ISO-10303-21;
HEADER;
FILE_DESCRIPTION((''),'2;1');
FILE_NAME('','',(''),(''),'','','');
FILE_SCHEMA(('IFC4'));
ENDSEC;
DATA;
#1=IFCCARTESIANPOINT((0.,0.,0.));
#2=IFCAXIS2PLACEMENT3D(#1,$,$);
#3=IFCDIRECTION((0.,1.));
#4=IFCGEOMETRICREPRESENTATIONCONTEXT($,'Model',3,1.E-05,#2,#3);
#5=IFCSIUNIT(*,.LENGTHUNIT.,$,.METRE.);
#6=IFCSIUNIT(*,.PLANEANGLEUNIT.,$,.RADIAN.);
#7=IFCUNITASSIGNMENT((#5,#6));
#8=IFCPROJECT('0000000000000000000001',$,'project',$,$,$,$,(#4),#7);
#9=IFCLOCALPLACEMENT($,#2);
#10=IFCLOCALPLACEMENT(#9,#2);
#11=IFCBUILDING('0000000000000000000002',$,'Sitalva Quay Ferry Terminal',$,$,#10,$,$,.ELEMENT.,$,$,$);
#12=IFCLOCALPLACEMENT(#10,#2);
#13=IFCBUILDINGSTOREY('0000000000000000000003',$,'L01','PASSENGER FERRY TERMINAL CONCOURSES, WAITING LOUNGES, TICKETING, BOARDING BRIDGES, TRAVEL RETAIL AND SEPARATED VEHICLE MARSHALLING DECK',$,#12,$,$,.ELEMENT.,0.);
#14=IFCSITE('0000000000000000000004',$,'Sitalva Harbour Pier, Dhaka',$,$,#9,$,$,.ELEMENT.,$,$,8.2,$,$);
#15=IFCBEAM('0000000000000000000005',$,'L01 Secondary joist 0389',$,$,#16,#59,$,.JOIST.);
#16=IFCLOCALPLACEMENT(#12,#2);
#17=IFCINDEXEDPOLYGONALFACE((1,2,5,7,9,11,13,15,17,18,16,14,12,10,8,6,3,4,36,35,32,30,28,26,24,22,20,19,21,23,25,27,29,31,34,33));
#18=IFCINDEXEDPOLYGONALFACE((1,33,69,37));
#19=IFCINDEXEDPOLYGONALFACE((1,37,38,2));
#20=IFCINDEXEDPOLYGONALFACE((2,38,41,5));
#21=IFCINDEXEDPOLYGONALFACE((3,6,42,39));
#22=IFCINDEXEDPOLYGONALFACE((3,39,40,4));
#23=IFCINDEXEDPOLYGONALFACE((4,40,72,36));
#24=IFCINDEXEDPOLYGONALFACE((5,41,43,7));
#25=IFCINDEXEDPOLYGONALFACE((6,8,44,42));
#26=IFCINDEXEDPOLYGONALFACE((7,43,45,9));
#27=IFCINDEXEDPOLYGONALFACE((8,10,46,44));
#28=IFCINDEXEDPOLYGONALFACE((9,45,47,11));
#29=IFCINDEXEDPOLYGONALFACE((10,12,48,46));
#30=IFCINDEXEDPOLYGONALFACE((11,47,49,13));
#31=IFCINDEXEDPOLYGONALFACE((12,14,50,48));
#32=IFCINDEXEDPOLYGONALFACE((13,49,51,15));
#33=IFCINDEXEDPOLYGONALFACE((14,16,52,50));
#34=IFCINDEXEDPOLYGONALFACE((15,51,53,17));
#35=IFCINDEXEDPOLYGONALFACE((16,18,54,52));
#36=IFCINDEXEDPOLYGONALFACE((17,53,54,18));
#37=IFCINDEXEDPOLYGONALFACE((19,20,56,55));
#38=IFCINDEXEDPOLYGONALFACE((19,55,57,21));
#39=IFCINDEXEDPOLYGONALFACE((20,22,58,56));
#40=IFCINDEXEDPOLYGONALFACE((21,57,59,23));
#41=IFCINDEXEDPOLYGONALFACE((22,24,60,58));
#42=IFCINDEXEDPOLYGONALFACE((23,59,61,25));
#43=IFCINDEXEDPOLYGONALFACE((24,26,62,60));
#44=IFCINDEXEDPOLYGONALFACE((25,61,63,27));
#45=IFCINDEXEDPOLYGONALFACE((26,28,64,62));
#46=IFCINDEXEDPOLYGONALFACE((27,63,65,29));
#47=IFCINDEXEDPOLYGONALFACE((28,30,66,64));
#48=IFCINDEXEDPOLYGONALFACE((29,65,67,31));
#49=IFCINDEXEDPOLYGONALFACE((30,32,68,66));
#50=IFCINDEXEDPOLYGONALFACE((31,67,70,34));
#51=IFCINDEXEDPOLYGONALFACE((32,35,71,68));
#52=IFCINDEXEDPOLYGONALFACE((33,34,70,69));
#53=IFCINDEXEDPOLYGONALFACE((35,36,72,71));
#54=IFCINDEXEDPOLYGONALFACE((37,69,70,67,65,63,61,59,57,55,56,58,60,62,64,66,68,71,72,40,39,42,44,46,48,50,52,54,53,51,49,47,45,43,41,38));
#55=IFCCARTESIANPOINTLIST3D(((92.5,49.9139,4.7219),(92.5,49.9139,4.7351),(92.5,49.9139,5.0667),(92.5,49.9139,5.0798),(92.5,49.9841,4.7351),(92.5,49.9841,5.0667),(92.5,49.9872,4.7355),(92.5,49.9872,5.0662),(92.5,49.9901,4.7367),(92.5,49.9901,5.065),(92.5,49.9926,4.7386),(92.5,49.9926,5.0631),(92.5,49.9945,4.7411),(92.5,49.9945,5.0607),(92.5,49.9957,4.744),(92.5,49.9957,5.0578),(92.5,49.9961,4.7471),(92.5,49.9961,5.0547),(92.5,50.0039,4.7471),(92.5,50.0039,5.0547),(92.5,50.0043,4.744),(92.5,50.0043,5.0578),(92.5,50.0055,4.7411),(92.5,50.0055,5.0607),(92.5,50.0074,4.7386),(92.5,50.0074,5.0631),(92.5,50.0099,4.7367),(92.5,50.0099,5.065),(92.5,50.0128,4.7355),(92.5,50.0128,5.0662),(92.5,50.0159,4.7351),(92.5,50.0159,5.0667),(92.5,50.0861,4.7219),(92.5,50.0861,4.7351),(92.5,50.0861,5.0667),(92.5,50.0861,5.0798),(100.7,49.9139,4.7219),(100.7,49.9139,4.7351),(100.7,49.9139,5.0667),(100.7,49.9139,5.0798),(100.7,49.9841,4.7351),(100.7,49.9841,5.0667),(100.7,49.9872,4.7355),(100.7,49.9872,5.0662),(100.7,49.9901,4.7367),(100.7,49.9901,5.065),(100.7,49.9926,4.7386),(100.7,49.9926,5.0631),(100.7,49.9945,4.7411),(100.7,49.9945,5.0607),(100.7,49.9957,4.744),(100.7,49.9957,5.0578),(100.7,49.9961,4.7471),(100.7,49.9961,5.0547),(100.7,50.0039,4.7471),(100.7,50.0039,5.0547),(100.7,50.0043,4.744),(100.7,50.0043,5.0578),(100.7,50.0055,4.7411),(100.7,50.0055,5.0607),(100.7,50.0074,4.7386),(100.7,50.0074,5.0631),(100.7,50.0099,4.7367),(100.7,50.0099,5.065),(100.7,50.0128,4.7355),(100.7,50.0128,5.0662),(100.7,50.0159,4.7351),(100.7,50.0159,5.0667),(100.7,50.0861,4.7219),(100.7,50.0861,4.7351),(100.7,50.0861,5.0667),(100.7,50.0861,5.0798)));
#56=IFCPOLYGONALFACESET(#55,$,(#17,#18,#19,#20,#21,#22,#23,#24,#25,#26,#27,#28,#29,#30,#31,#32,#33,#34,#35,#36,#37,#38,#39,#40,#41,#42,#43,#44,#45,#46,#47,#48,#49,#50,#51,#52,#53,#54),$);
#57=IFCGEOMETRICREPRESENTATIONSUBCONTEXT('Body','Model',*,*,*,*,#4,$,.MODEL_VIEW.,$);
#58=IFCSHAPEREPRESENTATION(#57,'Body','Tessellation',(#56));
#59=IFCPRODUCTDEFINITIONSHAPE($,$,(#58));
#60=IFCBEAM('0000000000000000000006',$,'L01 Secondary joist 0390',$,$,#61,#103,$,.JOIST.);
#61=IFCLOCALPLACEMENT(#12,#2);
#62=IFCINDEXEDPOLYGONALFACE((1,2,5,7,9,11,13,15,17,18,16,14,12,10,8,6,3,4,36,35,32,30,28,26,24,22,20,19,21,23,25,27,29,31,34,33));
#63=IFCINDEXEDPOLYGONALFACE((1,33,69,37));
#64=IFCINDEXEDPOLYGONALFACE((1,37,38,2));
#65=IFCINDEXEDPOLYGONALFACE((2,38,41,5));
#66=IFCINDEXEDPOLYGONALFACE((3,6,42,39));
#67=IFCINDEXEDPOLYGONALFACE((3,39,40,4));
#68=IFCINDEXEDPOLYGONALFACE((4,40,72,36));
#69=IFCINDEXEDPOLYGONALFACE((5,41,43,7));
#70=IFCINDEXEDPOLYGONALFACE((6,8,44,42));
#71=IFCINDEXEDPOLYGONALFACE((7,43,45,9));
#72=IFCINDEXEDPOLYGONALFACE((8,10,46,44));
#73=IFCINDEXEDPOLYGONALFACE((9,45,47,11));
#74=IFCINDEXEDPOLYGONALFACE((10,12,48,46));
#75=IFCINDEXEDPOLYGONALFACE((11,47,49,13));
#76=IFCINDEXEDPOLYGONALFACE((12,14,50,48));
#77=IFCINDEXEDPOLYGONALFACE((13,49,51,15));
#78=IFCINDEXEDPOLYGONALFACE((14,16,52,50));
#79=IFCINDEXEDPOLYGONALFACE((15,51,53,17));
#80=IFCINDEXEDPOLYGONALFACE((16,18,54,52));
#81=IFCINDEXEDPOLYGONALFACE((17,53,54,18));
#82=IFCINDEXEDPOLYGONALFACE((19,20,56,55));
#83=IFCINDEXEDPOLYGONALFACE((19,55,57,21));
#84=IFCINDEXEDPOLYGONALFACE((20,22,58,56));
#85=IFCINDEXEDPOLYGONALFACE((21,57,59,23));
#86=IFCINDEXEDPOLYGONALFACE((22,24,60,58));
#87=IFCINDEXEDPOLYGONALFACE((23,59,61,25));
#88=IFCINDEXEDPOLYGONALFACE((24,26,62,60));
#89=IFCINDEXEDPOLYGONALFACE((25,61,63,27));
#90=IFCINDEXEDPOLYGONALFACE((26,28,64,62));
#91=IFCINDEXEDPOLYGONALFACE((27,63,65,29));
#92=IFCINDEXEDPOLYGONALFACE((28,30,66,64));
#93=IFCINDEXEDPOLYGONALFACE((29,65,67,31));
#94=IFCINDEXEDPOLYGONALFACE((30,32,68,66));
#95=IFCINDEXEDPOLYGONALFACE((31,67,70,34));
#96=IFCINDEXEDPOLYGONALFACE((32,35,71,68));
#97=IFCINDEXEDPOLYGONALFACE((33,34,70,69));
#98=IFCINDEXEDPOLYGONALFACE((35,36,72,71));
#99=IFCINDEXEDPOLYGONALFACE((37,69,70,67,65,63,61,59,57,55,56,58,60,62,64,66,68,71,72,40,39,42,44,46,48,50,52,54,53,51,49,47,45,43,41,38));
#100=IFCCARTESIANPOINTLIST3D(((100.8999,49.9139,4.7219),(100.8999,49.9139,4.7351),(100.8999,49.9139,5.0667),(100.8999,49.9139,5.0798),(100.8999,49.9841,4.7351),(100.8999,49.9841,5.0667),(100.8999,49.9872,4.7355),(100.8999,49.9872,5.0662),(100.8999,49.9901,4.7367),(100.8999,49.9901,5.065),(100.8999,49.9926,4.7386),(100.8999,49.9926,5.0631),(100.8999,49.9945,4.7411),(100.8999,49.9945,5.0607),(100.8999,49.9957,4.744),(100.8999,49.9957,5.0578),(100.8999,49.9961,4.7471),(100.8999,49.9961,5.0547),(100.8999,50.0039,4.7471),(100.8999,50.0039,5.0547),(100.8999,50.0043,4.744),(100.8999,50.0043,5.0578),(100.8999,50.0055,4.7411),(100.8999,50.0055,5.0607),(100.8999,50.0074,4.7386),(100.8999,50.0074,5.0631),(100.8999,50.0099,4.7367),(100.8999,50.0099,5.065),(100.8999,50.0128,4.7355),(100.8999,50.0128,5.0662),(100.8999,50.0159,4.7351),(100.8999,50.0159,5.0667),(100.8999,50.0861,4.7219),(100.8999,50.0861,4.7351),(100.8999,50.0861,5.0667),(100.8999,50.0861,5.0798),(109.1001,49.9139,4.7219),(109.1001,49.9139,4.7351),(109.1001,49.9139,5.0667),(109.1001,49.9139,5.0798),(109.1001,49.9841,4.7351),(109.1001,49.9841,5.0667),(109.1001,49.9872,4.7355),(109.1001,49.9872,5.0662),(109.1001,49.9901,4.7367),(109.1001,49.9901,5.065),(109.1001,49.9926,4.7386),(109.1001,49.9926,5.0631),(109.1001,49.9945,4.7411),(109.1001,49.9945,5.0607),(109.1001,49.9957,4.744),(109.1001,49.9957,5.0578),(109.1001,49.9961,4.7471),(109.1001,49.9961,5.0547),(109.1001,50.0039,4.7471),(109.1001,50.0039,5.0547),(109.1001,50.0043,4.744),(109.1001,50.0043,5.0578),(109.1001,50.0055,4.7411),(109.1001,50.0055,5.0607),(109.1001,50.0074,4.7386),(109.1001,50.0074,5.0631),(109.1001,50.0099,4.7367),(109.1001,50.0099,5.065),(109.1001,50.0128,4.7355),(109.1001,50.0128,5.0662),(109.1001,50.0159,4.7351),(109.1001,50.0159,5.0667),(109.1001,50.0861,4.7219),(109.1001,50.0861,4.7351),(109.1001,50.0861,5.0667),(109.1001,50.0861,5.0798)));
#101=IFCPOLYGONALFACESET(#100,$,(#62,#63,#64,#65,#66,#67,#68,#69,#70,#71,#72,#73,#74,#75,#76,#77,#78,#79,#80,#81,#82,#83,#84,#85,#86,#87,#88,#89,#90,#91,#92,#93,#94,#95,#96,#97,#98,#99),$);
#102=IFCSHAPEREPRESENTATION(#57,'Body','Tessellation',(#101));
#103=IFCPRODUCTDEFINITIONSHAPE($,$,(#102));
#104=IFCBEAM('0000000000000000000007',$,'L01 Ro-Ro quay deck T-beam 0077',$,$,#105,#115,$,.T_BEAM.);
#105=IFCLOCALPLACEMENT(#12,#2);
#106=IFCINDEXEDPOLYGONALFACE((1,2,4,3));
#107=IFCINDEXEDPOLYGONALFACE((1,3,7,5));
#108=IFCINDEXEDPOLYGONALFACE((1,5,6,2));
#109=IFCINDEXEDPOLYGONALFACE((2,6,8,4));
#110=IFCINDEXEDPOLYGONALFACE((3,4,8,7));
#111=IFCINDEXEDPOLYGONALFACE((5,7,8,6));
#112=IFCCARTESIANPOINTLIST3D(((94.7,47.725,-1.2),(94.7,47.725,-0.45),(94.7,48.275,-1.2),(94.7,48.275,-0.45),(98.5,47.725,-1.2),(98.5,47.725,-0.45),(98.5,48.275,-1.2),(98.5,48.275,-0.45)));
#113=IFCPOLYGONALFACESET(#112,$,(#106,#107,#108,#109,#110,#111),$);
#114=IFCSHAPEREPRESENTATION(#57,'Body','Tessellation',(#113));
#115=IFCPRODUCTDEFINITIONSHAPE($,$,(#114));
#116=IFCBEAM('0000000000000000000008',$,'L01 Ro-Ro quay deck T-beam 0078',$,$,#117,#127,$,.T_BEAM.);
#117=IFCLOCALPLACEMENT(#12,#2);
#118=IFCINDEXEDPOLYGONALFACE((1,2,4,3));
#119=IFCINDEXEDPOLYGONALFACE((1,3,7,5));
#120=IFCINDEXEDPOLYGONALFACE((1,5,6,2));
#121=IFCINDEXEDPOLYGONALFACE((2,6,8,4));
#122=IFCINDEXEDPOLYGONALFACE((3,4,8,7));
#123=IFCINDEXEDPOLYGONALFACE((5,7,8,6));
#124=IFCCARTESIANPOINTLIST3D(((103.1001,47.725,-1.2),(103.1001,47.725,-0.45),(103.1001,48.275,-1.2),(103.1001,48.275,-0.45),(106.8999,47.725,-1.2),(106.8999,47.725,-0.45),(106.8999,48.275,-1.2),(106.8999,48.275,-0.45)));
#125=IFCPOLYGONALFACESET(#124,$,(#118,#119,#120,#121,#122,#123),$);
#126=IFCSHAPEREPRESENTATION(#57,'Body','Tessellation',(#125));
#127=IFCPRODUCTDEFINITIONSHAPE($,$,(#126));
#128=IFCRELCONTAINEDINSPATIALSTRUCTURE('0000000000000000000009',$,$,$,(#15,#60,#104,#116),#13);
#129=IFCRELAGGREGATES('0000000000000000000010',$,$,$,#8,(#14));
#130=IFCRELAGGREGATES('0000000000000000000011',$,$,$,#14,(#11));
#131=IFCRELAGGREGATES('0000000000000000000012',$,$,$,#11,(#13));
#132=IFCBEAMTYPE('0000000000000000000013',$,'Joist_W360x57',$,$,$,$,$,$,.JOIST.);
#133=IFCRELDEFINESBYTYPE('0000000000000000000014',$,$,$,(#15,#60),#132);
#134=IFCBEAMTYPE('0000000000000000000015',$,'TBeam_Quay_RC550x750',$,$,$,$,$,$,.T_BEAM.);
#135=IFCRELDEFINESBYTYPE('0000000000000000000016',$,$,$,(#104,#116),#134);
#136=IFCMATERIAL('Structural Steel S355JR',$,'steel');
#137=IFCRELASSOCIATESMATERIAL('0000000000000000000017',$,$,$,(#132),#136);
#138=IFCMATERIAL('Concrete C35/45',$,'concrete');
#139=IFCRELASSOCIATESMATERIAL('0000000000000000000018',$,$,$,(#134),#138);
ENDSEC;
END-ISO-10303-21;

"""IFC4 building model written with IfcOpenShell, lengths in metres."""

from ifc_helpers import new_model, si_unit, direction, frame, origin, origin_2d, place, context, subcontext, project, spatial, rectangle, i_section, extrude, material, material_profile, profile_set, type_object, element, save


model = new_model("IFC4")

# Units and contexts
model_context = context("Model", 3, precision=1e-05, world=origin(), true_north=direction((0.0, 1.0)))
body_context = subcontext(model_context, "Body", "Model", "MODEL_VIEW")
ifc_project = project(units=[si_unit("LENGTHUNIT", "METRE"), si_unit("PLANEANGLEUNIT", "RADIAN")], contexts=[model_context])

# Site, building, storey
site_placement = place(None, origin())
site = spatial("IfcSite", under=ifc_project, at=site_placement, Name="Sitalva Harbour Pier, Dhaka", CompositionType="ELEMENT", RefElevation=8.2)
building_placement = place(site_placement, origin())
building = spatial("IfcBuilding", under=site, at=building_placement, Name="Sitalva Quay Ferry Terminal", CompositionType="ELEMENT")
storey_placement = place(building_placement, origin())
storey = spatial("IfcBuildingStorey", under=building, at=storey_placement, Name="L01", Description="PASSENGER FERRY TERMINAL CONCOURSES, WAITING LOUNGES, TICKETING, BOARDING BRIDGES, TRAVEL RETAIL AND SEPARATED VEHICLE MARSHALLING DECK", CompositionType="ELEMENT", Elevation=0.0)

# Beams
ifc_material_1 = material(Name="Structural Steel S355JR", Category="steel")
ifc_material_profile_1 = material_profile(ifc_material_1, i_section(OverallWidth=0.1721, OverallDepth=0.3579, WebThickness=0.0078, FlangeThickness=0.0132, FilletRadius=0.012, at=origin_2d()), Name="W360x57")
ifc_profile_set_1 = profile_set([ifc_material_profile_1], Name="Structural Steel S355JR")
beam_type_1 = type_object("IfcBeamType", Name="Joist_W360x57", PredefinedType="JOIST", material=ifc_profile_set_1)
beam_1_placement = place(storey_placement, frame((92.5, 50.0, 4.9009), z_axis=(1.0, 0.0, 0.0), x_axis=(0.0, 1.0, 0.0)))
element("IfcBeam", 1, at=beam_1_placement, inside=storey, type_object=beam_type_1, Name="L01 Secondary joist 0389", PredefinedType="JOIST", context=body_context, shape_type="SweptSolid", body=[
    extrude(i_section(OverallWidth=0.1721, OverallDepth=0.3579, WebThickness=0.0078, FlangeThickness=0.0132, FilletRadius=0.012, at=origin_2d()), origin(), (0.0, 0.0, 1.0), 8.2),
])
beam_2_placement = place(storey_placement, frame((100.8999, 50.0, 4.9009), z_axis=(1.0, 0.0, 0.0), x_axis=(0.0, 1.0, 0.0)))
element("IfcBeam", 2, at=beam_2_placement, inside=storey, type_object=beam_type_1, Name="L01 Secondary joist 0390", PredefinedType="JOIST", context=body_context, shape_type="SweptSolid", body=[
    extrude(i_section(OverallWidth=0.1721, OverallDepth=0.3579, WebThickness=0.0078, FlangeThickness=0.0132, FilletRadius=0.012, at=origin_2d()), origin(), (0.0, 0.0, 1.0), 8.2002),
])
ifc_material_2 = material(Name="Concrete C35/45", Category="concrete")
ifc_material_profile_2 = material_profile(ifc_material_2, rectangle(XDim=0.55, YDim=0.75, at=origin_2d()), Name="RC550x750")
ifc_profile_set_2 = profile_set([ifc_material_profile_2], Name="Concrete C35/45")
beam_type_2 = type_object("IfcBeamType", Name="TBeam_Quay_RC550x750", PredefinedType="T_BEAM", material=ifc_profile_set_2)
beam_3_placement = place(storey_placement, frame((94.7, 48.0, -0.825), z_axis=(1.0, 0.0, 0.0), x_axis=(0.0, 1.0, 0.0)))
element("IfcBeam", 3, at=beam_3_placement, inside=storey, type_object=beam_type_2, Name="L01 Ro-Ro quay deck T-beam 0077", PredefinedType="T_BEAM", context=body_context, shape_type="SweptSolid", body=[
    extrude(rectangle(XDim=0.55, YDim=0.75, at=origin_2d()), origin(), (0.0, 0.0, 1.0), 3.8),
])
beam_4_placement = place(storey_placement, frame((103.1001, 48.0, -0.825), z_axis=(1.0, 0.0, 0.0), x_axis=(0.0, 1.0, 0.0)))
element("IfcBeam", 4, at=beam_4_placement, inside=storey, type_object=beam_type_2, Name="L01 Ro-Ro quay deck T-beam 0078", PredefinedType="T_BEAM", context=body_context, shape_type="SweptSolid", body=[
    extrude(rectangle(XDim=0.55, YDim=0.75, at=origin_2d()), origin(), (0.0, 0.0, 1.0), 3.7998),
])

save(model, "model.ifc")
